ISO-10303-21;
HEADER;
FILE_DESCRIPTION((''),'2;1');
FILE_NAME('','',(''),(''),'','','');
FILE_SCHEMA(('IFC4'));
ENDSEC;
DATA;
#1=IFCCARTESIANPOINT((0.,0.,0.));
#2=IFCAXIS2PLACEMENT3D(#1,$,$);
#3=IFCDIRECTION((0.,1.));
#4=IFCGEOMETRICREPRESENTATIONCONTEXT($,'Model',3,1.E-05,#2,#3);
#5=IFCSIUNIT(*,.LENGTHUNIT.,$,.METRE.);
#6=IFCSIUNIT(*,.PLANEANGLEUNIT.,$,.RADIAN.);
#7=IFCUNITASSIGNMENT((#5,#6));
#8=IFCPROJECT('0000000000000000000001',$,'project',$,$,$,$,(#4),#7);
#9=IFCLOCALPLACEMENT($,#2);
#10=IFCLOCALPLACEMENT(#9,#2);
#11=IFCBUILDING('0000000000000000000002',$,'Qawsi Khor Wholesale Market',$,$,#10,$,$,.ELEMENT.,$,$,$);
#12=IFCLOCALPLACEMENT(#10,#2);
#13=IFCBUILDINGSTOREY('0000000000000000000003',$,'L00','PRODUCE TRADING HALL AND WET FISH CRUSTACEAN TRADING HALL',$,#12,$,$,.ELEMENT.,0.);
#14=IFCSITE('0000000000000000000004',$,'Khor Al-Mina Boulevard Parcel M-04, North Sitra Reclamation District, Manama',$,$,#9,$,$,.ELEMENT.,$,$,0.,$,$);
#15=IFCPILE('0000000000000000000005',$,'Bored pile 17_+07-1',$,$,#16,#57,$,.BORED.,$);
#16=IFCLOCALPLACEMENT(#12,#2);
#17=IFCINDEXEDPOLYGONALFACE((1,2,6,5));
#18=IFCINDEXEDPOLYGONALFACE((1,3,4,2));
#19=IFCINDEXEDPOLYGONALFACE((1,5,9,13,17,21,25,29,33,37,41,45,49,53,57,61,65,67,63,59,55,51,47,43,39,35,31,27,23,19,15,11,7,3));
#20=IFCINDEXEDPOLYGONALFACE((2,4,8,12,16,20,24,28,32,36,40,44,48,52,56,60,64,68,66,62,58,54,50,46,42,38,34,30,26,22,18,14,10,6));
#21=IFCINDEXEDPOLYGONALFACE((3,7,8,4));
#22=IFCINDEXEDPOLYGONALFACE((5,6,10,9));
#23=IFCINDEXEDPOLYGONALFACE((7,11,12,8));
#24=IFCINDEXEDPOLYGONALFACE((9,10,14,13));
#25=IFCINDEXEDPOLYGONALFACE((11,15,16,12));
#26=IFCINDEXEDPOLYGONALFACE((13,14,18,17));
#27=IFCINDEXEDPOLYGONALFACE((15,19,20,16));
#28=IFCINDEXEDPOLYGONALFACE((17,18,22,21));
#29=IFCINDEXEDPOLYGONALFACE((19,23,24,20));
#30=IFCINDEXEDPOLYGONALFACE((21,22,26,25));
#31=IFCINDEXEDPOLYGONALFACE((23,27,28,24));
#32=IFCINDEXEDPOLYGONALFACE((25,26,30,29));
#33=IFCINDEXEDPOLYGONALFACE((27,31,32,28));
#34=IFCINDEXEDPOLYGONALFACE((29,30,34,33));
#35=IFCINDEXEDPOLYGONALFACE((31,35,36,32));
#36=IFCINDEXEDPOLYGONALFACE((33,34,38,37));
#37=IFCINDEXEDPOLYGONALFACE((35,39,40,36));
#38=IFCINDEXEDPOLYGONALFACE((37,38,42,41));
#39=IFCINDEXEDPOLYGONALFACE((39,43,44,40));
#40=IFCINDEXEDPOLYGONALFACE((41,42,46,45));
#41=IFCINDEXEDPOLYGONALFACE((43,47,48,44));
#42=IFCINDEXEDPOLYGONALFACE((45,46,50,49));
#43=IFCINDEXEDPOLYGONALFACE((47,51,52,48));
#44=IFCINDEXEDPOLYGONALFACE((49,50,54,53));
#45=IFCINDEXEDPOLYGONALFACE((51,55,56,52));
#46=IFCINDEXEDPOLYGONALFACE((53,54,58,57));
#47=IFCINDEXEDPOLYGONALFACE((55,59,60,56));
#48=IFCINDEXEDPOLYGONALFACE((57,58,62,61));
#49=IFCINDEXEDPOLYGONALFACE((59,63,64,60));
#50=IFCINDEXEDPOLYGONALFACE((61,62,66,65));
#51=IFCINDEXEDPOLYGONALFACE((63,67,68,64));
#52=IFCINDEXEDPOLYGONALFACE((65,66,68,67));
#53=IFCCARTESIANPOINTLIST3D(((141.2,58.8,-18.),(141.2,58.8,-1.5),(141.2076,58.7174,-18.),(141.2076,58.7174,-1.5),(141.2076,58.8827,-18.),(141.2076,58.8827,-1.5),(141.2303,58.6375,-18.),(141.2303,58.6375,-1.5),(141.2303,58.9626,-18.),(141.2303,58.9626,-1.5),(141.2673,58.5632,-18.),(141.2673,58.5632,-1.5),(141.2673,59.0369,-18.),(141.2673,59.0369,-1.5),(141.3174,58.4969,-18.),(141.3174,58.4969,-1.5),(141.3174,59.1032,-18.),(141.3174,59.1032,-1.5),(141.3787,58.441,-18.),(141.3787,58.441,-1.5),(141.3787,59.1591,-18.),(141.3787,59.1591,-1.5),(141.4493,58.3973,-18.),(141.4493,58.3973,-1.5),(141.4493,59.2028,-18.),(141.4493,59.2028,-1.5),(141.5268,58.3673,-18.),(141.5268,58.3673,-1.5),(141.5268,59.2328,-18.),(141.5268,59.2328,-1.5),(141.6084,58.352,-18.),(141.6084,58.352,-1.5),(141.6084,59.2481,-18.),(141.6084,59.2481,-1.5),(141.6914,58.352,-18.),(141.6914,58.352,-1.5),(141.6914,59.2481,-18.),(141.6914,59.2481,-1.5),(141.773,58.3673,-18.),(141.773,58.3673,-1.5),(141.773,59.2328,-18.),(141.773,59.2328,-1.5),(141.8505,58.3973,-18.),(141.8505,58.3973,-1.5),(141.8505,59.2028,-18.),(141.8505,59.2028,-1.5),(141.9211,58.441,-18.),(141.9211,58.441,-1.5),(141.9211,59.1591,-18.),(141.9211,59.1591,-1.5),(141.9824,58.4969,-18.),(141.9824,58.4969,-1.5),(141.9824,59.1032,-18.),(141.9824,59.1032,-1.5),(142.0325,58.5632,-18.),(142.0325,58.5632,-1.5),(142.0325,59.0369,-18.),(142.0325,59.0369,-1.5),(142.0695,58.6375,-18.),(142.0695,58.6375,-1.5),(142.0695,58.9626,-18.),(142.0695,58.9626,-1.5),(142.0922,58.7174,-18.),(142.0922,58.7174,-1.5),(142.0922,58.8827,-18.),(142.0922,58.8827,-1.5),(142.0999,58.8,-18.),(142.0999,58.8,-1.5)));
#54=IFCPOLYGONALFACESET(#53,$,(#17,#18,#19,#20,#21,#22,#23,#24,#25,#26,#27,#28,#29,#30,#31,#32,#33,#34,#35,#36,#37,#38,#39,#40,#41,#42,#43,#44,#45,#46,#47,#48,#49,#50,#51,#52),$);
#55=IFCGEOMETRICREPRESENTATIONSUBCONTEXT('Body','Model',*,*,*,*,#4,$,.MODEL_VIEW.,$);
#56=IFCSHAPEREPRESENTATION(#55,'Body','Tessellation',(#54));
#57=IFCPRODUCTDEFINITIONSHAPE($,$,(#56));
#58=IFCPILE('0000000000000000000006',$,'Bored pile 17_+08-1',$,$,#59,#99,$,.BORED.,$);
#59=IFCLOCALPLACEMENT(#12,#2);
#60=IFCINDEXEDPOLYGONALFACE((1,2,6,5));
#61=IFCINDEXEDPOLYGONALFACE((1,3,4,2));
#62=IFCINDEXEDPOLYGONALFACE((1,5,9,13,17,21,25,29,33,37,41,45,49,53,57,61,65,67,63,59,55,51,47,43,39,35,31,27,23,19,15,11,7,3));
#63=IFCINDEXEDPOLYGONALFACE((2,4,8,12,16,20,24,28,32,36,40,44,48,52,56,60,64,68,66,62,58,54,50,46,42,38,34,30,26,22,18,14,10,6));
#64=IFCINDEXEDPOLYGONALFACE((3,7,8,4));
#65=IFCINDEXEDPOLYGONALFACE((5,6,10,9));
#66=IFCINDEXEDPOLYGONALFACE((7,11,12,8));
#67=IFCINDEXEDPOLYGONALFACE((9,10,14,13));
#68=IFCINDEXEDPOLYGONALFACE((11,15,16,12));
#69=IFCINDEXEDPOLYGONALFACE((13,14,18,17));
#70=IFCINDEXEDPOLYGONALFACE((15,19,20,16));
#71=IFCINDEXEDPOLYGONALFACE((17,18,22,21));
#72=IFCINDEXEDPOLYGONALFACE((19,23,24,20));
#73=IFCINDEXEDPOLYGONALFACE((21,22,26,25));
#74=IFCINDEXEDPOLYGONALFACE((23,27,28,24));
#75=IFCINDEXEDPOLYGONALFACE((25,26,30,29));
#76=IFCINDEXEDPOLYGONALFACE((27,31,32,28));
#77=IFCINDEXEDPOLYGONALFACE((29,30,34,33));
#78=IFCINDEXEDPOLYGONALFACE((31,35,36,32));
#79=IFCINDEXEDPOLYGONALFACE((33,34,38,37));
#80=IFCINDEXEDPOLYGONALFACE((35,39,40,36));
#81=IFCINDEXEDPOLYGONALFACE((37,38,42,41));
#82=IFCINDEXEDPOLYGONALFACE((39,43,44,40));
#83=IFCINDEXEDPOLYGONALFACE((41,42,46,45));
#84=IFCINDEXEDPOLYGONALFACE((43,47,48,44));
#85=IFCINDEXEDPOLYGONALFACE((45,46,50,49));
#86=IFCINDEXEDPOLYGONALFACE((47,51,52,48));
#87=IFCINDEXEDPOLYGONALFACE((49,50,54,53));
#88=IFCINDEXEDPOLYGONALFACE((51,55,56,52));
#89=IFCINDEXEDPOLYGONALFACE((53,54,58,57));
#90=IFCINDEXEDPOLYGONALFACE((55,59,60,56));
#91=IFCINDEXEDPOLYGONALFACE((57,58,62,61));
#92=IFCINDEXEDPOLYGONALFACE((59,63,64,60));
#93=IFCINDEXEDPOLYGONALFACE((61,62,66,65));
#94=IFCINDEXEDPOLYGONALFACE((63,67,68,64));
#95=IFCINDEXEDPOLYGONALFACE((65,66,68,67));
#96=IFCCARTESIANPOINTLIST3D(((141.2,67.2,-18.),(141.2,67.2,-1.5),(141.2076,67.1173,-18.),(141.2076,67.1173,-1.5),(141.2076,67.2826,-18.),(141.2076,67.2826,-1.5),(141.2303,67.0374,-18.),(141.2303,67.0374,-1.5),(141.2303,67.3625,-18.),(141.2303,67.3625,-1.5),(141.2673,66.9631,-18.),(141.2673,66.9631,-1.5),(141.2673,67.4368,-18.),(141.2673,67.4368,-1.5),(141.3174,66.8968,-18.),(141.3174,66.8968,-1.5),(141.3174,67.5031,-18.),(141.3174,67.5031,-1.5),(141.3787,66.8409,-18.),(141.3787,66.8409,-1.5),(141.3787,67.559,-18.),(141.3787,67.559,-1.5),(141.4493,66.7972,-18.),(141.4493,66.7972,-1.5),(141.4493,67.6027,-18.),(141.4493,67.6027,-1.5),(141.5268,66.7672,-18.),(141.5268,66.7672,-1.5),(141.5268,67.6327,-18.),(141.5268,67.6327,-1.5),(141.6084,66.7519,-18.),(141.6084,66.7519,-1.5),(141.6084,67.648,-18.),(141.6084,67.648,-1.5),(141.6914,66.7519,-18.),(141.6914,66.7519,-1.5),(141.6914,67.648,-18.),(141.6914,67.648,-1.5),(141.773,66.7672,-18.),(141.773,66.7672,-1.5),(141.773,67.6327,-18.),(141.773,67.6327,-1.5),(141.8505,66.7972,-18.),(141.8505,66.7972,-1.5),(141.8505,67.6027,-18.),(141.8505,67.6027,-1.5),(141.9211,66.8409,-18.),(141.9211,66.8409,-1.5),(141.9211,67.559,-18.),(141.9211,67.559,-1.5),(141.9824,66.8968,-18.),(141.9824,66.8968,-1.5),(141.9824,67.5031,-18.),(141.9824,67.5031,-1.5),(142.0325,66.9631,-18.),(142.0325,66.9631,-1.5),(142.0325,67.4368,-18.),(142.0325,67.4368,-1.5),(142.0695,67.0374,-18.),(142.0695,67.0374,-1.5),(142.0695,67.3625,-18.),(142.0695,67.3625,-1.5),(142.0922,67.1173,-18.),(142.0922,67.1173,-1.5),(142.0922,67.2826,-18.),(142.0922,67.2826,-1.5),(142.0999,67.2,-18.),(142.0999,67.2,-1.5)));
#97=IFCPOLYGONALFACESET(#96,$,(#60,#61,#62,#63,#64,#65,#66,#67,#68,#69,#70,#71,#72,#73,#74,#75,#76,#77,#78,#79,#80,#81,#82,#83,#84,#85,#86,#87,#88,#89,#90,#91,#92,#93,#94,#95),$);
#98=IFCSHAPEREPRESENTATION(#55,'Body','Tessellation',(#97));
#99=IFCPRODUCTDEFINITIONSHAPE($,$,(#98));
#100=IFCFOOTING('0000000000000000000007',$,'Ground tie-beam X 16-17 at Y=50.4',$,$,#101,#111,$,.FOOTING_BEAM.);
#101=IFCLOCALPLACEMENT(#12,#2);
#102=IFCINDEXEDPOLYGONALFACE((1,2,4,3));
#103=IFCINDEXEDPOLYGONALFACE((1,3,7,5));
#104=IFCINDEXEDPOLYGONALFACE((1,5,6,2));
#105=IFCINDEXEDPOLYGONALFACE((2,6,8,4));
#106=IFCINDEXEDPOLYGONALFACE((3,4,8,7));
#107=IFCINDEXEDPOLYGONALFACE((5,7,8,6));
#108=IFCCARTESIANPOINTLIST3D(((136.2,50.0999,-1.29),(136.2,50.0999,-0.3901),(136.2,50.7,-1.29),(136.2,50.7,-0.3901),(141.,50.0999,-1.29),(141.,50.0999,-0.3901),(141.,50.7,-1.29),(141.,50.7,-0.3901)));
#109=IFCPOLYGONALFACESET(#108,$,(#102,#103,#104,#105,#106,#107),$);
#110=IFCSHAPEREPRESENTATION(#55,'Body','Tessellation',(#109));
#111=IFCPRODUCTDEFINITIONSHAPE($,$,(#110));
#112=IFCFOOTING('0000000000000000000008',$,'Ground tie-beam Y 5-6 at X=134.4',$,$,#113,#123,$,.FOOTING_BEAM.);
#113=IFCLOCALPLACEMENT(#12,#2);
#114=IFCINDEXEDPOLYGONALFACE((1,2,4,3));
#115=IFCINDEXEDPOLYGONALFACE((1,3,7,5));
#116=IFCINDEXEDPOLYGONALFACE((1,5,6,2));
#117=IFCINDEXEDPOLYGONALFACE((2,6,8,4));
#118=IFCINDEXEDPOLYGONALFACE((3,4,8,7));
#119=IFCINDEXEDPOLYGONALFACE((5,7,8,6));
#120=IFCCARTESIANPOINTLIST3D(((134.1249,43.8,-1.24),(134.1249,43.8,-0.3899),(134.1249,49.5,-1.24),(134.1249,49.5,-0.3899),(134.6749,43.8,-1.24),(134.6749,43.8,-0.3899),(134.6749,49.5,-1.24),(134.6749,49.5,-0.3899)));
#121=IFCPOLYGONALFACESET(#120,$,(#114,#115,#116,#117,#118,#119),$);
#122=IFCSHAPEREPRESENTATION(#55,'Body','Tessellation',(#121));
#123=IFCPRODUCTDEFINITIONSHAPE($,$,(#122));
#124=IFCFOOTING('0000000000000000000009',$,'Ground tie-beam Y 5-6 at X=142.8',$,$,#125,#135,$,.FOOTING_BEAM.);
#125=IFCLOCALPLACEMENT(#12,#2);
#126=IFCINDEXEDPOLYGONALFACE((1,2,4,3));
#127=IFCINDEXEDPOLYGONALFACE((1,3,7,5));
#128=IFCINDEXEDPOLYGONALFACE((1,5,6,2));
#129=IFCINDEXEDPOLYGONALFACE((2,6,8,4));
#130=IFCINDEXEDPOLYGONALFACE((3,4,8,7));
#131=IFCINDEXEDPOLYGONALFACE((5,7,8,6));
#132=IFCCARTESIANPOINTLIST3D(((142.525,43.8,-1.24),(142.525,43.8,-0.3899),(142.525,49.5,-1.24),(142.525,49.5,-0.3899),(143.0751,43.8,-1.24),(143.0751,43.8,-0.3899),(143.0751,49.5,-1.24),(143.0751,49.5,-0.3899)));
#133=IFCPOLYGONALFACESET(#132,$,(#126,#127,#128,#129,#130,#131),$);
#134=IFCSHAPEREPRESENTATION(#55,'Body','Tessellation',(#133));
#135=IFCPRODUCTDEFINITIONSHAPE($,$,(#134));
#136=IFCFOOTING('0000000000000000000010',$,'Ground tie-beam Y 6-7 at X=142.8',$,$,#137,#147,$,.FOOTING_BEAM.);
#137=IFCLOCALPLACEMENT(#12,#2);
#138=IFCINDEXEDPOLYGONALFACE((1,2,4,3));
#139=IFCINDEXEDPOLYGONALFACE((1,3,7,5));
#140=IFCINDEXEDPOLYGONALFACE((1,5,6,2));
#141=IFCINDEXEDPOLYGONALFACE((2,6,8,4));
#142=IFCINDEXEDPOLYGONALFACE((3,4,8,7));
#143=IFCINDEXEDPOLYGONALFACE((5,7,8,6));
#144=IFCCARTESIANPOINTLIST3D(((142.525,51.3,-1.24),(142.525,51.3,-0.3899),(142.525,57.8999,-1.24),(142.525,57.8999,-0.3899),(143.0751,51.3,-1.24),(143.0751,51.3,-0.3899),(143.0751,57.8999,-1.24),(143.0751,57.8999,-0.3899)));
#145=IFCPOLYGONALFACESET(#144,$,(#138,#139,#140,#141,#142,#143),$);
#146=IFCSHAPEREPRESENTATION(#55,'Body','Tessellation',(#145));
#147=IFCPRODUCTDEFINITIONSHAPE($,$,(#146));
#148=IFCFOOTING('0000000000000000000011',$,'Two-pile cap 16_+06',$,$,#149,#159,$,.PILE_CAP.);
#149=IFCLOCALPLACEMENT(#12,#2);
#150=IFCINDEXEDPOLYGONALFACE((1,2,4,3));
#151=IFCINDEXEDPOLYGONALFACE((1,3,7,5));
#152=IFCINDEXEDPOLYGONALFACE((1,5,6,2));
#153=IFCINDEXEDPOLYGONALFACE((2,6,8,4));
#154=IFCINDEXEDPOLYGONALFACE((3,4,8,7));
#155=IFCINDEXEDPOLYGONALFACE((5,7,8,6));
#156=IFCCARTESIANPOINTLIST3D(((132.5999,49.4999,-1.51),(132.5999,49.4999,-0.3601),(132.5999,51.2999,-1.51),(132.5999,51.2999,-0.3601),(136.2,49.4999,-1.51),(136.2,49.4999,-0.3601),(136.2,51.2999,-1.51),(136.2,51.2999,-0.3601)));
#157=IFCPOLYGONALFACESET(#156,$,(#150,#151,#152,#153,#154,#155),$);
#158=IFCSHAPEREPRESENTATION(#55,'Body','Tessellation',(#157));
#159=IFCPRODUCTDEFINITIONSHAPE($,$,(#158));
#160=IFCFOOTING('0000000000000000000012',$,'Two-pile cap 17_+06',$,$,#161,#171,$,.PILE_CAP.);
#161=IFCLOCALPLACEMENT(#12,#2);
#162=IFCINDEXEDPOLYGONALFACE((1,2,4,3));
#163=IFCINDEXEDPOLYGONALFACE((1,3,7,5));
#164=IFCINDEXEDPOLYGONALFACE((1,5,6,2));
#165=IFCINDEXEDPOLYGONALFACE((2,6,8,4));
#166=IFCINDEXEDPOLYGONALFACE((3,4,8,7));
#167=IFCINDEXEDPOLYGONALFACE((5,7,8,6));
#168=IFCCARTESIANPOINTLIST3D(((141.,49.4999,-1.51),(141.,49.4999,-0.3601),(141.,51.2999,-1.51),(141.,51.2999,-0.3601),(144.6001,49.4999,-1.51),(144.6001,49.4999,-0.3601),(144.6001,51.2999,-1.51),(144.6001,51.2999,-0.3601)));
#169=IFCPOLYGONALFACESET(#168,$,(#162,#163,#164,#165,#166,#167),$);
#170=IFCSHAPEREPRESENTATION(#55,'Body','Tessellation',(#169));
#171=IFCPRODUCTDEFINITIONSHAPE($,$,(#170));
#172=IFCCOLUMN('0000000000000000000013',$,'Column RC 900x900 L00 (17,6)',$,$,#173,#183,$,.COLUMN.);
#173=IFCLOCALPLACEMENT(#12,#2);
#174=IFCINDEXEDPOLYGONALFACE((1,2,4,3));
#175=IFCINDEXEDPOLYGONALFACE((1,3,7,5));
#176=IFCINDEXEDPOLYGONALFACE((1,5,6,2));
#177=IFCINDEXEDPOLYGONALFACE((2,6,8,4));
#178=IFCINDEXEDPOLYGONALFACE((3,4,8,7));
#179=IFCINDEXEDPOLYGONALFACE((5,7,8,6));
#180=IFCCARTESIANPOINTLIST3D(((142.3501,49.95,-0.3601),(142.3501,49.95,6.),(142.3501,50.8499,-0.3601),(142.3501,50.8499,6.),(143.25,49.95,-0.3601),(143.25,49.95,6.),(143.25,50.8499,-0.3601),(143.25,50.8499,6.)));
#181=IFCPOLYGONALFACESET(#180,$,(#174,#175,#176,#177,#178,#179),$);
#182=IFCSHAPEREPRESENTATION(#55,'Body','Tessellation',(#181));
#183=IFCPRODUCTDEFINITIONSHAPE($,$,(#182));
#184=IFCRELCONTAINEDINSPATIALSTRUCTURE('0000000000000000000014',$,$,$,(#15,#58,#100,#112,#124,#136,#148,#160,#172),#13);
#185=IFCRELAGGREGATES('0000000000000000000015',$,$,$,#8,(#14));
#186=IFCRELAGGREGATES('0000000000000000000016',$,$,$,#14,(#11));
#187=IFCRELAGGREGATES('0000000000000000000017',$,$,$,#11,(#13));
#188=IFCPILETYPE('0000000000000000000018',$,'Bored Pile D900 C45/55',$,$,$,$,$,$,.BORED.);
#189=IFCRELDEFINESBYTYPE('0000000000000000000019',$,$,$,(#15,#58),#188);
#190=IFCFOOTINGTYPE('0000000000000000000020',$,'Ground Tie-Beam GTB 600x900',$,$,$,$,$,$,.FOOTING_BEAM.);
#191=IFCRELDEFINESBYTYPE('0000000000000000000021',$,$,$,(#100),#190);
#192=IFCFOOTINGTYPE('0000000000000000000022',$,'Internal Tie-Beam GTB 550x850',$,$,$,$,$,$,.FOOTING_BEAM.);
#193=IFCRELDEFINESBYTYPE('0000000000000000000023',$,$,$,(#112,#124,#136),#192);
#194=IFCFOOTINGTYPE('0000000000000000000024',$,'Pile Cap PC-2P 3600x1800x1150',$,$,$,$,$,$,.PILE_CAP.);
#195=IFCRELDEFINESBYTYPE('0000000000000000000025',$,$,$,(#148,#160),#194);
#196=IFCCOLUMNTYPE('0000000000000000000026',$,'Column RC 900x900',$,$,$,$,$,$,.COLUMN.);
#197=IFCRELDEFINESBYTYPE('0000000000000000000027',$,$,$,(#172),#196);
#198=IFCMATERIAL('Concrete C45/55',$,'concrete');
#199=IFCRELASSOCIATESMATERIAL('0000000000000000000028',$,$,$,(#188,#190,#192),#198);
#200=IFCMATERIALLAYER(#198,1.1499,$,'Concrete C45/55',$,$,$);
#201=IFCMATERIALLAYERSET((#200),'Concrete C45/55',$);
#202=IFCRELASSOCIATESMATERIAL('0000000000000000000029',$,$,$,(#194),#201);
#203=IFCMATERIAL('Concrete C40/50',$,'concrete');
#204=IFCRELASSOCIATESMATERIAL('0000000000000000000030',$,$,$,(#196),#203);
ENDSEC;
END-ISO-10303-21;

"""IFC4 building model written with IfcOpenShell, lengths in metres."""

from ifc_helpers import new_model, si_unit, direction, frame, origin, origin_2d, place, context, subcontext, project, spatial, rectangle, circle, extrude, material, layer, layer_set, material_profile, profile_set, type_object, element, save


model = new_model("IFC4")

# Units and contexts
model_context = context("Model", 3, precision=1e-05, world=origin(), true_north=direction((0.0, 1.0)))
body_context = subcontext(model_context, "Body", "Model", "MODEL_VIEW")
ifc_project = project(units=[si_unit("LENGTHUNIT", "METRE"), si_unit("PLANEANGLEUNIT", "RADIAN")], contexts=[model_context])

# Site, building, storey
site_placement = place(None, origin())
site = spatial("IfcSite", under=ifc_project, at=site_placement, Name="Khor Al-Mina Boulevard Parcel M-04, North Sitra Reclamation District, Manama", CompositionType="ELEMENT", RefElevation=0.0)
building_placement = place(site_placement, origin())
building = spatial("IfcBuilding", under=site, at=building_placement, Name="Qawsi Khor Wholesale Market", CompositionType="ELEMENT")
storey_placement = place(building_placement, origin())
storey = spatial("IfcBuildingStorey", under=building, at=storey_placement, Name="L00", Description="PRODUCE TRADING HALL AND WET FISH CRUSTACEAN TRADING HALL", CompositionType="ELEMENT", Elevation=0.0)

# Piles
ifc_material_1 = material(Name="Concrete C45/55", Category="concrete")
ifc_material_profile_1 = material_profile(ifc_material_1, circle(Radius=0.45, at=origin_2d()), Name="PILE D900")
ifc_profile_set_1 = profile_set([ifc_material_profile_1], Name="Concrete C45/55")
pile_type = type_object("IfcPileType", Name="Bored Pile D900 C45/55", PredefinedType="BORED", material=ifc_profile_set_1)
for number, where, z_axis, x_axis, name in (
    (1, (141.6499, 58.8, -1.5), (0.0, 0.0, -1.0), (1.0, 0.0, 0.0), "Bored pile 17_+07-1"),
    (2, (141.6499, 67.2, -1.5), (0.0, 0.0, -1.0), (1.0, 0.0, 0.0), "Bored pile 17_+08-1"),
):
    element("IfcPile", number, at=place(storey_placement, frame(where, z_axis=z_axis, x_axis=x_axis)), inside=storey, type_object=pile_type, Name=name, PredefinedType="BORED", context=body_context, shape_type="SweptSolid", body=[
        extrude(circle(Radius=0.45, at=origin_2d()), origin(), (0.0, 0.0, 1.0), 16.5),
    ])

# Footings
ifc_material_profile_2 = material_profile(ifc_material_1, rectangle(XDim=0.6001, YDim=0.8999, at=origin_2d()), Name="RC 600x900")
ifc_profile_set_2 = profile_set([ifc_material_profile_2], Name="Concrete C45/55")
footing_type_1 = type_object("IfcFootingType", Name="Ground Tie-Beam GTB 600x900", PredefinedType="FOOTING_BEAM", material=ifc_profile_set_2)
footing_1_placement = place(storey_placement, frame((136.2, 50.3999, -0.8401), z_axis=(1.0, 0.0, 0.0), x_axis=(0.0, 1.0, 0.0)))
element("IfcFooting", 3, at=footing_1_placement, inside=storey, type_object=footing_type_1, Name="Ground tie-beam X 16-17 at Y=50.4", PredefinedType="FOOTING_BEAM", context=body_context, shape_type="SweptSolid", body=[
    extrude(rectangle(XDim=0.6001, YDim=0.8999, at=origin_2d()), origin(), (0.0, 0.0, 1.0), 4.8),
])
ifc_material_profile_3 = material_profile(ifc_material_1, rectangle(XDim=0.55, YDim=0.8501, at=origin_2d()), Name="RC 550x850")
ifc_profile_set_3 = profile_set([ifc_material_profile_3], Name="Concrete C45/55")
footing_type_2 = type_object("IfcFootingType", Name="Internal Tie-Beam GTB 550x850", PredefinedType="FOOTING_BEAM", material=ifc_profile_set_3)
for number, where, z_axis, x_axis, name in (
    (4, (134.3999, 43.8, -0.8149), (0.0, 1.0, 0.0), (-1.0, 0.0, 0.0), "Ground tie-beam Y 5-6 at X=134.4"),
    (5, (142.8, 43.8, -0.8149), (0.0, 1.0, 0.0), (-1.0, 0.0, 0.0), "Ground tie-beam Y 5-6 at X=142.8"),
):
    element("IfcFooting", number, at=place(storey_placement, frame(where, z_axis=z_axis, x_axis=x_axis)), inside=storey, type_object=footing_type_2, Name=name, PredefinedType="FOOTING_BEAM", context=body_context, shape_type="SweptSolid", body=[
        extrude(rectangle(XDim=0.55, YDim=0.8501, at=origin_2d()), origin(), (0.0, 0.0, 1.0), 5.7),
    ])
footing_2_placement = place(storey_placement, frame((142.8, 51.3, -0.8149), z_axis=(0.0, 1.0, 0.0), x_axis=(-1.0, 0.0, 0.0)))
element("IfcFooting", 6, at=footing_2_placement, inside=storey, type_object=footing_type_2, Name="Ground tie-beam Y 6-7 at X=142.8", PredefinedType="FOOTING_BEAM", context=body_context, shape_type="SweptSolid", body=[
    extrude(rectangle(XDim=0.55, YDim=0.8501, at=origin_2d()), origin(), (0.0, 0.0, 1.0), 6.5999),
])
ifc_layer_1 = layer(ifc_material_1, 1.1499, Name="Concrete C45/55")
ifc_layer_set_1 = layer_set([ifc_layer_1], Name="Concrete C45/55")
footing_type_3 = type_object("IfcFootingType", Name="Pile Cap PC-2P 3600x1800x1150", PredefinedType="PILE_CAP", material=ifc_layer_set_1)
for number, where, z_axis, x_axis, name in (
    (7, (134.3999, 50.3999, -1.51), (0.0, 0.0, 1.0), (1.0, 0.0, 0.0), "Two-pile cap 16_+06"),
    (8, (142.8, 50.3999, -1.51), (0.0, 0.0, 1.0), (1.0, 0.0, 0.0), "Two-pile cap 17_+06"),
):
    element("IfcFooting", number, at=place(storey_placement, frame(where, z_axis=z_axis, x_axis=x_axis)), inside=storey, type_object=footing_type_3, Name=name, PredefinedType="PILE_CAP", context=body_context, shape_type="SweptSolid", body=[
        extrude(rectangle(XDim=3.6001, YDim=1.8, at=origin_2d()), origin(), (0.0, 0.0, 1.0), 1.1499),
    ])

# Column
ifc_material_2 = material(Name="Concrete C40/50", Category="concrete")
ifc_material_profile_4 = material_profile(ifc_material_2, rectangle(XDim=0.8999, YDim=0.8999, at=origin_2d()), Name="RC 900x900")
ifc_profile_set_4 = profile_set([ifc_material_profile_4], Name="Concrete C40/50")
column_type_1 = type_object("IfcColumnType", Name="Column RC 900x900", PredefinedType="COLUMN", material=ifc_profile_set_4)
column_1_placement = place(storey_placement, frame((142.8, 50.3999, -0.3601), z_axis=(0.0, 0.0, 1.0), x_axis=(1.0, 0.0, 0.0)))
element("IfcColumn", 9, at=column_1_placement, inside=storey, type_object=column_type_1, Name="Column RC 900x900 L00 (17,6)", PredefinedType="COLUMN", context=body_context, shape_type="SweptSolid", body=[
    extrude(rectangle(XDim=0.8999, YDim=0.8999, at=origin_2d()), origin(), (0.0, 0.0, 1.0), 6.3601),
])

save(model, "model.ifc")
